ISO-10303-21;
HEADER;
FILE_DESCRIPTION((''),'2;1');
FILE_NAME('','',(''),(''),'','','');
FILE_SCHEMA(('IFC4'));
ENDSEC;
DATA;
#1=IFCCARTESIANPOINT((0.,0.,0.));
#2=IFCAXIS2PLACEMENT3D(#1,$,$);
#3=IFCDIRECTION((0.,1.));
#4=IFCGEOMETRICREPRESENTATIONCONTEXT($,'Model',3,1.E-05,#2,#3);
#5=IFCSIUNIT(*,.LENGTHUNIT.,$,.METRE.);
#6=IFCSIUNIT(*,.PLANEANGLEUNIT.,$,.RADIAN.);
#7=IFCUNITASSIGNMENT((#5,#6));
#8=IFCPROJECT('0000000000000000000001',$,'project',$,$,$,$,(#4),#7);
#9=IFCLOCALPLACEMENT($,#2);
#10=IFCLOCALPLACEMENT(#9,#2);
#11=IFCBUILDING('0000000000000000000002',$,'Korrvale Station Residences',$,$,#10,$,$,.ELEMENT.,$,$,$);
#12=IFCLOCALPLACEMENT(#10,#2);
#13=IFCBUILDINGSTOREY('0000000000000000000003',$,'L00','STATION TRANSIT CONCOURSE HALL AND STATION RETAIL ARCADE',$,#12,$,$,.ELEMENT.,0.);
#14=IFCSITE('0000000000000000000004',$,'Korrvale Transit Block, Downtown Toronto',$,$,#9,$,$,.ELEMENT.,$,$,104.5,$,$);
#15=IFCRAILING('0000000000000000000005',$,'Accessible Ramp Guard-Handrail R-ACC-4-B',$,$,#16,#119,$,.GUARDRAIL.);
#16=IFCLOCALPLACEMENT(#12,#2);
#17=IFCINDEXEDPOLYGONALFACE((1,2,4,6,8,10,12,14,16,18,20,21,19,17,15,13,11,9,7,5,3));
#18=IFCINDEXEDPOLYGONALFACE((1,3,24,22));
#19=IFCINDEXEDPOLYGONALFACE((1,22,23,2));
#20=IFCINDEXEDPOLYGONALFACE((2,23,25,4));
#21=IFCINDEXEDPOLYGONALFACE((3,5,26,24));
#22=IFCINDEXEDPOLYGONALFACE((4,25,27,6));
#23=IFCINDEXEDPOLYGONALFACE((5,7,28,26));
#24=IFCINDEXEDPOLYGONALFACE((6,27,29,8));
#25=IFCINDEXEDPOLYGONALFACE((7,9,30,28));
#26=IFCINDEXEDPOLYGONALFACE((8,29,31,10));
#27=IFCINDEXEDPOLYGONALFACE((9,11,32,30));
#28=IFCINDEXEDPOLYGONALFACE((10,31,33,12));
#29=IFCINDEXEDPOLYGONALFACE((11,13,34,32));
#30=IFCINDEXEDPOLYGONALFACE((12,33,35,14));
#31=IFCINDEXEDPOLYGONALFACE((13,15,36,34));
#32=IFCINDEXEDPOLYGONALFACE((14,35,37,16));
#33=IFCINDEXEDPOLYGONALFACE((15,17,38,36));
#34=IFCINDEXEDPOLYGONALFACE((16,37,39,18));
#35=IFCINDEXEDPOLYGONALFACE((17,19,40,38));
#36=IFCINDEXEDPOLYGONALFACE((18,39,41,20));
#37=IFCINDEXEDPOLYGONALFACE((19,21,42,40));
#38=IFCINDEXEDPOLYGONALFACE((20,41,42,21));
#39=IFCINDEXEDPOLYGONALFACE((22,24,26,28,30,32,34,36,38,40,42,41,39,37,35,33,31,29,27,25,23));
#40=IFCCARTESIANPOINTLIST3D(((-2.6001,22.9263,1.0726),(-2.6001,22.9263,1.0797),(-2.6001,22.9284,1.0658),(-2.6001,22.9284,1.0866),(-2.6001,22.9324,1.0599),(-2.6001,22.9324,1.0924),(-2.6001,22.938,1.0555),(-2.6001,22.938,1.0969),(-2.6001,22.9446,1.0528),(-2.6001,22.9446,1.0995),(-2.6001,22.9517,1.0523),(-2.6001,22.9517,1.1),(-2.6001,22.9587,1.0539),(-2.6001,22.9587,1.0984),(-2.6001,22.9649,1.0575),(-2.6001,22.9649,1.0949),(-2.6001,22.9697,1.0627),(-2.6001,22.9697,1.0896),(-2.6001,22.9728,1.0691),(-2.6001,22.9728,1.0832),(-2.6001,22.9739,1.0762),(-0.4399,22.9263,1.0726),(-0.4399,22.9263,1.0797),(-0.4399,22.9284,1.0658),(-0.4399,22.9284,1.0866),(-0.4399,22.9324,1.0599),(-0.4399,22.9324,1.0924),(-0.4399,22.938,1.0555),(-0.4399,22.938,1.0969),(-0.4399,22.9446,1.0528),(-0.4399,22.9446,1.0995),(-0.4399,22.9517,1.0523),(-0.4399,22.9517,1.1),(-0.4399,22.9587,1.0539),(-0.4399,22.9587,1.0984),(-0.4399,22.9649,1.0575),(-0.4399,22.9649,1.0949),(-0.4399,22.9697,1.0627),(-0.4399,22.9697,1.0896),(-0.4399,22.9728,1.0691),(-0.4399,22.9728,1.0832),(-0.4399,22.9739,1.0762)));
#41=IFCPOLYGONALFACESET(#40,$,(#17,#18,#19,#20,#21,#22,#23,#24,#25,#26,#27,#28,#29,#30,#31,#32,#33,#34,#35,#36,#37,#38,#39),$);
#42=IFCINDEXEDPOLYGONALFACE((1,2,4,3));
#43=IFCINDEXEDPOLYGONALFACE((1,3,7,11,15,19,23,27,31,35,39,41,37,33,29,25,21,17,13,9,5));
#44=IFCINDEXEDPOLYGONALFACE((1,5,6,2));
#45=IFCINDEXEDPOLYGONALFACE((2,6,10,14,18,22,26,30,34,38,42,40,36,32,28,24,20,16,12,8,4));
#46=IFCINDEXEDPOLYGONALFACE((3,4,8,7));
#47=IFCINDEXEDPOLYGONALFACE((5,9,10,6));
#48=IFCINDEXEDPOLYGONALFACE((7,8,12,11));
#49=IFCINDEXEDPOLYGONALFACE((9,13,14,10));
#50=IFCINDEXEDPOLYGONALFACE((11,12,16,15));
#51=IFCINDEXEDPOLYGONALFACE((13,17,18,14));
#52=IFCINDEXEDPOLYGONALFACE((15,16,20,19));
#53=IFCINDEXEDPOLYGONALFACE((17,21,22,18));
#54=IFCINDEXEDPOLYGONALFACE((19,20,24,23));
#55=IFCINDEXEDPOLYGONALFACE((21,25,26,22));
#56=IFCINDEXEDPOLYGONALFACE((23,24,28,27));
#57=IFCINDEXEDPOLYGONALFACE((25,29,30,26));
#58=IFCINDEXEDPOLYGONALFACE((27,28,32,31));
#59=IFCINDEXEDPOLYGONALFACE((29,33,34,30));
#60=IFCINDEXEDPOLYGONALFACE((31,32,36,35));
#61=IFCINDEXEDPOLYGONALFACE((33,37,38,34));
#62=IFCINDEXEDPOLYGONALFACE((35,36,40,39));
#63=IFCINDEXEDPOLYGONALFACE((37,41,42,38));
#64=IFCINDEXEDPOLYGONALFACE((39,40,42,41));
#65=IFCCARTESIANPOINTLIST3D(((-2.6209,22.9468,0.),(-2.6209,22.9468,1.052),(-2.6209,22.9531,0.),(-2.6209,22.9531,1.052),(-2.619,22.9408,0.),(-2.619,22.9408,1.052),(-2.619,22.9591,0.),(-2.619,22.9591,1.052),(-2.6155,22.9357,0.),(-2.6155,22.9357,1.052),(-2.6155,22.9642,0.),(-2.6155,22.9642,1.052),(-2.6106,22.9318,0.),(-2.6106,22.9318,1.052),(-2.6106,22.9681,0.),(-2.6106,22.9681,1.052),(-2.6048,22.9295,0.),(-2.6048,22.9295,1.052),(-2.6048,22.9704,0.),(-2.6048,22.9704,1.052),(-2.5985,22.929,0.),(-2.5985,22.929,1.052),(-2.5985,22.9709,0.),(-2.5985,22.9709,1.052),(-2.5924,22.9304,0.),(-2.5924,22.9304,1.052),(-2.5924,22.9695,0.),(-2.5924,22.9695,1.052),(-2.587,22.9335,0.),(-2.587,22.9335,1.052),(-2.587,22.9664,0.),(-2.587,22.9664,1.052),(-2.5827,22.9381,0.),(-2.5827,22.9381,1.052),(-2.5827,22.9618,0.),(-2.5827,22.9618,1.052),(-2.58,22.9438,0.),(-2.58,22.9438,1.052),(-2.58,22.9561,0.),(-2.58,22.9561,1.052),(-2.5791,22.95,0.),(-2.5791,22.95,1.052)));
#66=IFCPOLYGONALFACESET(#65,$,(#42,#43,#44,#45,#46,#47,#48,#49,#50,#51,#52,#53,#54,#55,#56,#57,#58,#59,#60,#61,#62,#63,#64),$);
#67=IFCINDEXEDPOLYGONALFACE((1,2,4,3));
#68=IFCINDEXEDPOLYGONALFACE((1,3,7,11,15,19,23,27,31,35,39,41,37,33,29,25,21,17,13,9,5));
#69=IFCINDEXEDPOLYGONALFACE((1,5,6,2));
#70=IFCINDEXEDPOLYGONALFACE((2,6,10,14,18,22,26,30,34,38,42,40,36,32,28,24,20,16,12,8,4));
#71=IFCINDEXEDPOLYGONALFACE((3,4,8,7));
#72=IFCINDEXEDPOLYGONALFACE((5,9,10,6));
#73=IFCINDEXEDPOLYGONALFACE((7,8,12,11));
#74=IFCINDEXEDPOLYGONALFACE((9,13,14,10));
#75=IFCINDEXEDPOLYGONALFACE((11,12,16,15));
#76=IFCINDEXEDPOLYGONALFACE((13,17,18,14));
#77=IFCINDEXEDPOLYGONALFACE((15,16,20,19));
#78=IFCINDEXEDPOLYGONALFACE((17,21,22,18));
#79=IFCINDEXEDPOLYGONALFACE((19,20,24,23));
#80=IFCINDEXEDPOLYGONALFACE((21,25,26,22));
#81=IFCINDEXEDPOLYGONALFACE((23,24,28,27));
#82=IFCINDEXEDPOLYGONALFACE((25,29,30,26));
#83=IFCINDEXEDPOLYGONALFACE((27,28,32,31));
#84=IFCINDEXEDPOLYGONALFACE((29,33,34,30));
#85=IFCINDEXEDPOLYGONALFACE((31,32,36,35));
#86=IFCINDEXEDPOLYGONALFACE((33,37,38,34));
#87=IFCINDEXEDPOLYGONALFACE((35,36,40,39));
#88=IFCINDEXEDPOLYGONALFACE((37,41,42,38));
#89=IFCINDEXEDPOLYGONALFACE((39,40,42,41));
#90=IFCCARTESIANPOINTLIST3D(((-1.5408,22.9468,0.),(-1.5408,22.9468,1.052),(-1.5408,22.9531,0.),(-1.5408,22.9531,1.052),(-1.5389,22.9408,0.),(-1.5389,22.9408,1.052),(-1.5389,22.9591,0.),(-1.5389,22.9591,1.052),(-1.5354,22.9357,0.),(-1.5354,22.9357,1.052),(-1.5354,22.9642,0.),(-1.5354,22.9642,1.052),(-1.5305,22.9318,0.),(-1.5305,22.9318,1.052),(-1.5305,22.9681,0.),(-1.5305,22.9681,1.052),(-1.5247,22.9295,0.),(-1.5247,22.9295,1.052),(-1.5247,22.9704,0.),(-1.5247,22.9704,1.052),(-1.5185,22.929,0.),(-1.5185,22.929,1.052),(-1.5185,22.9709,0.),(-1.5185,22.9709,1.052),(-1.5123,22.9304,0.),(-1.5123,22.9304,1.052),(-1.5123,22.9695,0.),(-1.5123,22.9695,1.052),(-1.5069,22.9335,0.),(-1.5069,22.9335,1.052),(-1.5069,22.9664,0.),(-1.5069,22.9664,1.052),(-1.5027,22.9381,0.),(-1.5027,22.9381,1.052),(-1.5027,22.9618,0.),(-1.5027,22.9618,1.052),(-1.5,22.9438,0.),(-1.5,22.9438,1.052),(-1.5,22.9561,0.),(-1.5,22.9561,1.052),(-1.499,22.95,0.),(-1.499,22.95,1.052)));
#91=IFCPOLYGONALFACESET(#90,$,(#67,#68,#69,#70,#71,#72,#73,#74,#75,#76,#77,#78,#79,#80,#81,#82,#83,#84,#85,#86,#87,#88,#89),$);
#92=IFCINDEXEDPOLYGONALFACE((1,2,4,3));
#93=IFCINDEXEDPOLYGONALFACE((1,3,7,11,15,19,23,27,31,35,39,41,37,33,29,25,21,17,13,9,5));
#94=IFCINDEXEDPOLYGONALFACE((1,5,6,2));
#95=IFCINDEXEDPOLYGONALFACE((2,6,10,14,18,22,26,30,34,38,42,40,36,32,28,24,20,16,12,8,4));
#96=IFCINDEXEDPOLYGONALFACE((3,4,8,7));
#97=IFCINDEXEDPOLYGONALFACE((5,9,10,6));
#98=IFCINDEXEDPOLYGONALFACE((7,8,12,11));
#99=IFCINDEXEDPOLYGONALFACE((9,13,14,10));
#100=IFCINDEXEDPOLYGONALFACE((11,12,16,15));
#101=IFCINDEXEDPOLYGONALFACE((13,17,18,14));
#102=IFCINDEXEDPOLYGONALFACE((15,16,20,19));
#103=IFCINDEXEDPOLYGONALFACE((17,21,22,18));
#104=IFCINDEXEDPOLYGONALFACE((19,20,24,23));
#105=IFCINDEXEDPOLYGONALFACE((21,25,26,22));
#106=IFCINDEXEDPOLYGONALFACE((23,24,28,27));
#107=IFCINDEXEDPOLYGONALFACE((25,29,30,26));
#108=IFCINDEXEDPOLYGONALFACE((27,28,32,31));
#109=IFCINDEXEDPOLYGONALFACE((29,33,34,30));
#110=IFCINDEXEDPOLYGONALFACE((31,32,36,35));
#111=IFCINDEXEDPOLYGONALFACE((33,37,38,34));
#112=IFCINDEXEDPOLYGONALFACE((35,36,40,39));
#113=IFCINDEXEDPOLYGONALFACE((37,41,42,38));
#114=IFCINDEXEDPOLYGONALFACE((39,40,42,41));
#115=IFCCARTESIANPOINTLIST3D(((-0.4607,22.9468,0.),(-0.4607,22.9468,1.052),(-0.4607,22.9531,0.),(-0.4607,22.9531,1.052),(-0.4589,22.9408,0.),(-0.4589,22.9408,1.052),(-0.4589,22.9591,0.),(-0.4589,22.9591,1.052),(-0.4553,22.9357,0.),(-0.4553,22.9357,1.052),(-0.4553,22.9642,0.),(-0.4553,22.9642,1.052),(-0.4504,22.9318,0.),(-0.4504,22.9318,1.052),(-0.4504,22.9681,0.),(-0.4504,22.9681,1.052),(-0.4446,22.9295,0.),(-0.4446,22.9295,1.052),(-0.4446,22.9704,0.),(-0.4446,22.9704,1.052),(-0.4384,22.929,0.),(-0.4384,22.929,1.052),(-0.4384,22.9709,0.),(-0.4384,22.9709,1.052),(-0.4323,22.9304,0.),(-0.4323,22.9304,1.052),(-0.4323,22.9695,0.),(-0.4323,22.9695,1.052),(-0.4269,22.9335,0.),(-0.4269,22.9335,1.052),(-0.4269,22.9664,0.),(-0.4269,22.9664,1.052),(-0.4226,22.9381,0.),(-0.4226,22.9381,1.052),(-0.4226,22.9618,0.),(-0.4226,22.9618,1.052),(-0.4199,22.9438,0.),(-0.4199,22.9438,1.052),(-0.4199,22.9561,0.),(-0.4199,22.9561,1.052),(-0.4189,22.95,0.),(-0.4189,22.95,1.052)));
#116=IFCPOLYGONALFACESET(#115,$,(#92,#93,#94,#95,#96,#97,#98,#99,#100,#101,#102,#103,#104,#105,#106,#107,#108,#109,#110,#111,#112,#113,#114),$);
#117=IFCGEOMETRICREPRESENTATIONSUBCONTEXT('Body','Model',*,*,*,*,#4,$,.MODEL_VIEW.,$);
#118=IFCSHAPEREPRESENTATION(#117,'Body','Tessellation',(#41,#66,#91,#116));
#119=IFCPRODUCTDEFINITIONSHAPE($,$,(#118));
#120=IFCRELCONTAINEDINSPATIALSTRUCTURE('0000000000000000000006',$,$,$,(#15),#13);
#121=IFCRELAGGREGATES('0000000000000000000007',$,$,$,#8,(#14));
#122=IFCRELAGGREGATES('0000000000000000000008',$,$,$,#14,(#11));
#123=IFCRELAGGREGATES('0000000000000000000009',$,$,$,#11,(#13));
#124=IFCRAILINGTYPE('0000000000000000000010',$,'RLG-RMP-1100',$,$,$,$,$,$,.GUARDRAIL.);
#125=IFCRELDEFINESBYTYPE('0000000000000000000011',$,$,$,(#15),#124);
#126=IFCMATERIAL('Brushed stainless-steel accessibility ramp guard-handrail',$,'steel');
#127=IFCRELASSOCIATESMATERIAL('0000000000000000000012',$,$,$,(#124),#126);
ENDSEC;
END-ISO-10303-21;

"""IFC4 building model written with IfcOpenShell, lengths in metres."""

from ifc_helpers import new_model, si_unit, direction, frame, origin, origin_2d, place, context, subcontext, project, spatial, circle, extrude, material, type_object, element, save


model = new_model("IFC4")

# Units and contexts
model_context = context("Model", 3, precision=1e-05, world=origin(), true_north=direction((0.0, 1.0)))
body_context = subcontext(model_context, "Body", "Model", "MODEL_VIEW")
ifc_project = project(units=[si_unit("LENGTHUNIT", "METRE"), si_unit("PLANEANGLEUNIT", "RADIAN")], contexts=[model_context])

# Site, building, storey
site_placement = place(None, origin())
site = spatial("IfcSite", under=ifc_project, at=site_placement, Name="Korrvale Transit Block, Downtown Toronto", CompositionType="ELEMENT", RefElevation=104.5)
building_placement = place(site_placement, origin())
building = spatial("IfcBuilding", under=site, at=building_placement, Name="Korrvale Station Residences", CompositionType="ELEMENT")
storey_placement = place(building_placement, origin())
storey = spatial("IfcBuildingStorey", under=building, at=storey_placement, Name="L00", Description="STATION TRANSIT CONCOURSE HALL AND STATION RETAIL ARCADE", CompositionType="ELEMENT", Elevation=0.0)

# Railing
ifc_material_1 = material(Name="Brushed stainless-steel accessibility ramp guard-handrail", Category="steel")
railing_type_1 = type_object("IfcRailingType", Name="RLG-RMP-1100", PredefinedType="GUARDRAIL", material=ifc_material_1)
for number, where, name in (
    (1, (-2.6001, 22.95, 0.0), "Accessible Ramp Guard-Handrail R-ACC-4-B"),
):
    element("IfcRailing", number, at=place(storey_placement, frame(where)), inside=storey, type_object=railing_type_1, Name=name, PredefinedType="GUARDRAIL", context=body_context, shape_type="SweptSolid", body=[
        extrude(circle(Radius=0.0239, at=origin_2d()), frame((0.0, 0.0, 1.0762), z_axis=(1.0, 0.0, 0.0), x_axis=(0.0, 1.0, 0.0)), (0.0, 0.0, 1.0), 2.1602),
        extrude(circle(Radius=0.021, at=origin_2d()), origin(), (0.0, 0.0, 1.0), 1.052),
        extrude(circle(Radius=0.021, at=origin_2d()), frame((1.0801, 0.0, 0.0)), (0.0, 0.0, 1.0), 1.052),
        extrude(circle(Radius=0.021, at=origin_2d()), frame((2.1602, 0.0, 0.0)), (0.0, 0.0, 1.0), 1.052),
    ])

save(model, "model.ifc")
